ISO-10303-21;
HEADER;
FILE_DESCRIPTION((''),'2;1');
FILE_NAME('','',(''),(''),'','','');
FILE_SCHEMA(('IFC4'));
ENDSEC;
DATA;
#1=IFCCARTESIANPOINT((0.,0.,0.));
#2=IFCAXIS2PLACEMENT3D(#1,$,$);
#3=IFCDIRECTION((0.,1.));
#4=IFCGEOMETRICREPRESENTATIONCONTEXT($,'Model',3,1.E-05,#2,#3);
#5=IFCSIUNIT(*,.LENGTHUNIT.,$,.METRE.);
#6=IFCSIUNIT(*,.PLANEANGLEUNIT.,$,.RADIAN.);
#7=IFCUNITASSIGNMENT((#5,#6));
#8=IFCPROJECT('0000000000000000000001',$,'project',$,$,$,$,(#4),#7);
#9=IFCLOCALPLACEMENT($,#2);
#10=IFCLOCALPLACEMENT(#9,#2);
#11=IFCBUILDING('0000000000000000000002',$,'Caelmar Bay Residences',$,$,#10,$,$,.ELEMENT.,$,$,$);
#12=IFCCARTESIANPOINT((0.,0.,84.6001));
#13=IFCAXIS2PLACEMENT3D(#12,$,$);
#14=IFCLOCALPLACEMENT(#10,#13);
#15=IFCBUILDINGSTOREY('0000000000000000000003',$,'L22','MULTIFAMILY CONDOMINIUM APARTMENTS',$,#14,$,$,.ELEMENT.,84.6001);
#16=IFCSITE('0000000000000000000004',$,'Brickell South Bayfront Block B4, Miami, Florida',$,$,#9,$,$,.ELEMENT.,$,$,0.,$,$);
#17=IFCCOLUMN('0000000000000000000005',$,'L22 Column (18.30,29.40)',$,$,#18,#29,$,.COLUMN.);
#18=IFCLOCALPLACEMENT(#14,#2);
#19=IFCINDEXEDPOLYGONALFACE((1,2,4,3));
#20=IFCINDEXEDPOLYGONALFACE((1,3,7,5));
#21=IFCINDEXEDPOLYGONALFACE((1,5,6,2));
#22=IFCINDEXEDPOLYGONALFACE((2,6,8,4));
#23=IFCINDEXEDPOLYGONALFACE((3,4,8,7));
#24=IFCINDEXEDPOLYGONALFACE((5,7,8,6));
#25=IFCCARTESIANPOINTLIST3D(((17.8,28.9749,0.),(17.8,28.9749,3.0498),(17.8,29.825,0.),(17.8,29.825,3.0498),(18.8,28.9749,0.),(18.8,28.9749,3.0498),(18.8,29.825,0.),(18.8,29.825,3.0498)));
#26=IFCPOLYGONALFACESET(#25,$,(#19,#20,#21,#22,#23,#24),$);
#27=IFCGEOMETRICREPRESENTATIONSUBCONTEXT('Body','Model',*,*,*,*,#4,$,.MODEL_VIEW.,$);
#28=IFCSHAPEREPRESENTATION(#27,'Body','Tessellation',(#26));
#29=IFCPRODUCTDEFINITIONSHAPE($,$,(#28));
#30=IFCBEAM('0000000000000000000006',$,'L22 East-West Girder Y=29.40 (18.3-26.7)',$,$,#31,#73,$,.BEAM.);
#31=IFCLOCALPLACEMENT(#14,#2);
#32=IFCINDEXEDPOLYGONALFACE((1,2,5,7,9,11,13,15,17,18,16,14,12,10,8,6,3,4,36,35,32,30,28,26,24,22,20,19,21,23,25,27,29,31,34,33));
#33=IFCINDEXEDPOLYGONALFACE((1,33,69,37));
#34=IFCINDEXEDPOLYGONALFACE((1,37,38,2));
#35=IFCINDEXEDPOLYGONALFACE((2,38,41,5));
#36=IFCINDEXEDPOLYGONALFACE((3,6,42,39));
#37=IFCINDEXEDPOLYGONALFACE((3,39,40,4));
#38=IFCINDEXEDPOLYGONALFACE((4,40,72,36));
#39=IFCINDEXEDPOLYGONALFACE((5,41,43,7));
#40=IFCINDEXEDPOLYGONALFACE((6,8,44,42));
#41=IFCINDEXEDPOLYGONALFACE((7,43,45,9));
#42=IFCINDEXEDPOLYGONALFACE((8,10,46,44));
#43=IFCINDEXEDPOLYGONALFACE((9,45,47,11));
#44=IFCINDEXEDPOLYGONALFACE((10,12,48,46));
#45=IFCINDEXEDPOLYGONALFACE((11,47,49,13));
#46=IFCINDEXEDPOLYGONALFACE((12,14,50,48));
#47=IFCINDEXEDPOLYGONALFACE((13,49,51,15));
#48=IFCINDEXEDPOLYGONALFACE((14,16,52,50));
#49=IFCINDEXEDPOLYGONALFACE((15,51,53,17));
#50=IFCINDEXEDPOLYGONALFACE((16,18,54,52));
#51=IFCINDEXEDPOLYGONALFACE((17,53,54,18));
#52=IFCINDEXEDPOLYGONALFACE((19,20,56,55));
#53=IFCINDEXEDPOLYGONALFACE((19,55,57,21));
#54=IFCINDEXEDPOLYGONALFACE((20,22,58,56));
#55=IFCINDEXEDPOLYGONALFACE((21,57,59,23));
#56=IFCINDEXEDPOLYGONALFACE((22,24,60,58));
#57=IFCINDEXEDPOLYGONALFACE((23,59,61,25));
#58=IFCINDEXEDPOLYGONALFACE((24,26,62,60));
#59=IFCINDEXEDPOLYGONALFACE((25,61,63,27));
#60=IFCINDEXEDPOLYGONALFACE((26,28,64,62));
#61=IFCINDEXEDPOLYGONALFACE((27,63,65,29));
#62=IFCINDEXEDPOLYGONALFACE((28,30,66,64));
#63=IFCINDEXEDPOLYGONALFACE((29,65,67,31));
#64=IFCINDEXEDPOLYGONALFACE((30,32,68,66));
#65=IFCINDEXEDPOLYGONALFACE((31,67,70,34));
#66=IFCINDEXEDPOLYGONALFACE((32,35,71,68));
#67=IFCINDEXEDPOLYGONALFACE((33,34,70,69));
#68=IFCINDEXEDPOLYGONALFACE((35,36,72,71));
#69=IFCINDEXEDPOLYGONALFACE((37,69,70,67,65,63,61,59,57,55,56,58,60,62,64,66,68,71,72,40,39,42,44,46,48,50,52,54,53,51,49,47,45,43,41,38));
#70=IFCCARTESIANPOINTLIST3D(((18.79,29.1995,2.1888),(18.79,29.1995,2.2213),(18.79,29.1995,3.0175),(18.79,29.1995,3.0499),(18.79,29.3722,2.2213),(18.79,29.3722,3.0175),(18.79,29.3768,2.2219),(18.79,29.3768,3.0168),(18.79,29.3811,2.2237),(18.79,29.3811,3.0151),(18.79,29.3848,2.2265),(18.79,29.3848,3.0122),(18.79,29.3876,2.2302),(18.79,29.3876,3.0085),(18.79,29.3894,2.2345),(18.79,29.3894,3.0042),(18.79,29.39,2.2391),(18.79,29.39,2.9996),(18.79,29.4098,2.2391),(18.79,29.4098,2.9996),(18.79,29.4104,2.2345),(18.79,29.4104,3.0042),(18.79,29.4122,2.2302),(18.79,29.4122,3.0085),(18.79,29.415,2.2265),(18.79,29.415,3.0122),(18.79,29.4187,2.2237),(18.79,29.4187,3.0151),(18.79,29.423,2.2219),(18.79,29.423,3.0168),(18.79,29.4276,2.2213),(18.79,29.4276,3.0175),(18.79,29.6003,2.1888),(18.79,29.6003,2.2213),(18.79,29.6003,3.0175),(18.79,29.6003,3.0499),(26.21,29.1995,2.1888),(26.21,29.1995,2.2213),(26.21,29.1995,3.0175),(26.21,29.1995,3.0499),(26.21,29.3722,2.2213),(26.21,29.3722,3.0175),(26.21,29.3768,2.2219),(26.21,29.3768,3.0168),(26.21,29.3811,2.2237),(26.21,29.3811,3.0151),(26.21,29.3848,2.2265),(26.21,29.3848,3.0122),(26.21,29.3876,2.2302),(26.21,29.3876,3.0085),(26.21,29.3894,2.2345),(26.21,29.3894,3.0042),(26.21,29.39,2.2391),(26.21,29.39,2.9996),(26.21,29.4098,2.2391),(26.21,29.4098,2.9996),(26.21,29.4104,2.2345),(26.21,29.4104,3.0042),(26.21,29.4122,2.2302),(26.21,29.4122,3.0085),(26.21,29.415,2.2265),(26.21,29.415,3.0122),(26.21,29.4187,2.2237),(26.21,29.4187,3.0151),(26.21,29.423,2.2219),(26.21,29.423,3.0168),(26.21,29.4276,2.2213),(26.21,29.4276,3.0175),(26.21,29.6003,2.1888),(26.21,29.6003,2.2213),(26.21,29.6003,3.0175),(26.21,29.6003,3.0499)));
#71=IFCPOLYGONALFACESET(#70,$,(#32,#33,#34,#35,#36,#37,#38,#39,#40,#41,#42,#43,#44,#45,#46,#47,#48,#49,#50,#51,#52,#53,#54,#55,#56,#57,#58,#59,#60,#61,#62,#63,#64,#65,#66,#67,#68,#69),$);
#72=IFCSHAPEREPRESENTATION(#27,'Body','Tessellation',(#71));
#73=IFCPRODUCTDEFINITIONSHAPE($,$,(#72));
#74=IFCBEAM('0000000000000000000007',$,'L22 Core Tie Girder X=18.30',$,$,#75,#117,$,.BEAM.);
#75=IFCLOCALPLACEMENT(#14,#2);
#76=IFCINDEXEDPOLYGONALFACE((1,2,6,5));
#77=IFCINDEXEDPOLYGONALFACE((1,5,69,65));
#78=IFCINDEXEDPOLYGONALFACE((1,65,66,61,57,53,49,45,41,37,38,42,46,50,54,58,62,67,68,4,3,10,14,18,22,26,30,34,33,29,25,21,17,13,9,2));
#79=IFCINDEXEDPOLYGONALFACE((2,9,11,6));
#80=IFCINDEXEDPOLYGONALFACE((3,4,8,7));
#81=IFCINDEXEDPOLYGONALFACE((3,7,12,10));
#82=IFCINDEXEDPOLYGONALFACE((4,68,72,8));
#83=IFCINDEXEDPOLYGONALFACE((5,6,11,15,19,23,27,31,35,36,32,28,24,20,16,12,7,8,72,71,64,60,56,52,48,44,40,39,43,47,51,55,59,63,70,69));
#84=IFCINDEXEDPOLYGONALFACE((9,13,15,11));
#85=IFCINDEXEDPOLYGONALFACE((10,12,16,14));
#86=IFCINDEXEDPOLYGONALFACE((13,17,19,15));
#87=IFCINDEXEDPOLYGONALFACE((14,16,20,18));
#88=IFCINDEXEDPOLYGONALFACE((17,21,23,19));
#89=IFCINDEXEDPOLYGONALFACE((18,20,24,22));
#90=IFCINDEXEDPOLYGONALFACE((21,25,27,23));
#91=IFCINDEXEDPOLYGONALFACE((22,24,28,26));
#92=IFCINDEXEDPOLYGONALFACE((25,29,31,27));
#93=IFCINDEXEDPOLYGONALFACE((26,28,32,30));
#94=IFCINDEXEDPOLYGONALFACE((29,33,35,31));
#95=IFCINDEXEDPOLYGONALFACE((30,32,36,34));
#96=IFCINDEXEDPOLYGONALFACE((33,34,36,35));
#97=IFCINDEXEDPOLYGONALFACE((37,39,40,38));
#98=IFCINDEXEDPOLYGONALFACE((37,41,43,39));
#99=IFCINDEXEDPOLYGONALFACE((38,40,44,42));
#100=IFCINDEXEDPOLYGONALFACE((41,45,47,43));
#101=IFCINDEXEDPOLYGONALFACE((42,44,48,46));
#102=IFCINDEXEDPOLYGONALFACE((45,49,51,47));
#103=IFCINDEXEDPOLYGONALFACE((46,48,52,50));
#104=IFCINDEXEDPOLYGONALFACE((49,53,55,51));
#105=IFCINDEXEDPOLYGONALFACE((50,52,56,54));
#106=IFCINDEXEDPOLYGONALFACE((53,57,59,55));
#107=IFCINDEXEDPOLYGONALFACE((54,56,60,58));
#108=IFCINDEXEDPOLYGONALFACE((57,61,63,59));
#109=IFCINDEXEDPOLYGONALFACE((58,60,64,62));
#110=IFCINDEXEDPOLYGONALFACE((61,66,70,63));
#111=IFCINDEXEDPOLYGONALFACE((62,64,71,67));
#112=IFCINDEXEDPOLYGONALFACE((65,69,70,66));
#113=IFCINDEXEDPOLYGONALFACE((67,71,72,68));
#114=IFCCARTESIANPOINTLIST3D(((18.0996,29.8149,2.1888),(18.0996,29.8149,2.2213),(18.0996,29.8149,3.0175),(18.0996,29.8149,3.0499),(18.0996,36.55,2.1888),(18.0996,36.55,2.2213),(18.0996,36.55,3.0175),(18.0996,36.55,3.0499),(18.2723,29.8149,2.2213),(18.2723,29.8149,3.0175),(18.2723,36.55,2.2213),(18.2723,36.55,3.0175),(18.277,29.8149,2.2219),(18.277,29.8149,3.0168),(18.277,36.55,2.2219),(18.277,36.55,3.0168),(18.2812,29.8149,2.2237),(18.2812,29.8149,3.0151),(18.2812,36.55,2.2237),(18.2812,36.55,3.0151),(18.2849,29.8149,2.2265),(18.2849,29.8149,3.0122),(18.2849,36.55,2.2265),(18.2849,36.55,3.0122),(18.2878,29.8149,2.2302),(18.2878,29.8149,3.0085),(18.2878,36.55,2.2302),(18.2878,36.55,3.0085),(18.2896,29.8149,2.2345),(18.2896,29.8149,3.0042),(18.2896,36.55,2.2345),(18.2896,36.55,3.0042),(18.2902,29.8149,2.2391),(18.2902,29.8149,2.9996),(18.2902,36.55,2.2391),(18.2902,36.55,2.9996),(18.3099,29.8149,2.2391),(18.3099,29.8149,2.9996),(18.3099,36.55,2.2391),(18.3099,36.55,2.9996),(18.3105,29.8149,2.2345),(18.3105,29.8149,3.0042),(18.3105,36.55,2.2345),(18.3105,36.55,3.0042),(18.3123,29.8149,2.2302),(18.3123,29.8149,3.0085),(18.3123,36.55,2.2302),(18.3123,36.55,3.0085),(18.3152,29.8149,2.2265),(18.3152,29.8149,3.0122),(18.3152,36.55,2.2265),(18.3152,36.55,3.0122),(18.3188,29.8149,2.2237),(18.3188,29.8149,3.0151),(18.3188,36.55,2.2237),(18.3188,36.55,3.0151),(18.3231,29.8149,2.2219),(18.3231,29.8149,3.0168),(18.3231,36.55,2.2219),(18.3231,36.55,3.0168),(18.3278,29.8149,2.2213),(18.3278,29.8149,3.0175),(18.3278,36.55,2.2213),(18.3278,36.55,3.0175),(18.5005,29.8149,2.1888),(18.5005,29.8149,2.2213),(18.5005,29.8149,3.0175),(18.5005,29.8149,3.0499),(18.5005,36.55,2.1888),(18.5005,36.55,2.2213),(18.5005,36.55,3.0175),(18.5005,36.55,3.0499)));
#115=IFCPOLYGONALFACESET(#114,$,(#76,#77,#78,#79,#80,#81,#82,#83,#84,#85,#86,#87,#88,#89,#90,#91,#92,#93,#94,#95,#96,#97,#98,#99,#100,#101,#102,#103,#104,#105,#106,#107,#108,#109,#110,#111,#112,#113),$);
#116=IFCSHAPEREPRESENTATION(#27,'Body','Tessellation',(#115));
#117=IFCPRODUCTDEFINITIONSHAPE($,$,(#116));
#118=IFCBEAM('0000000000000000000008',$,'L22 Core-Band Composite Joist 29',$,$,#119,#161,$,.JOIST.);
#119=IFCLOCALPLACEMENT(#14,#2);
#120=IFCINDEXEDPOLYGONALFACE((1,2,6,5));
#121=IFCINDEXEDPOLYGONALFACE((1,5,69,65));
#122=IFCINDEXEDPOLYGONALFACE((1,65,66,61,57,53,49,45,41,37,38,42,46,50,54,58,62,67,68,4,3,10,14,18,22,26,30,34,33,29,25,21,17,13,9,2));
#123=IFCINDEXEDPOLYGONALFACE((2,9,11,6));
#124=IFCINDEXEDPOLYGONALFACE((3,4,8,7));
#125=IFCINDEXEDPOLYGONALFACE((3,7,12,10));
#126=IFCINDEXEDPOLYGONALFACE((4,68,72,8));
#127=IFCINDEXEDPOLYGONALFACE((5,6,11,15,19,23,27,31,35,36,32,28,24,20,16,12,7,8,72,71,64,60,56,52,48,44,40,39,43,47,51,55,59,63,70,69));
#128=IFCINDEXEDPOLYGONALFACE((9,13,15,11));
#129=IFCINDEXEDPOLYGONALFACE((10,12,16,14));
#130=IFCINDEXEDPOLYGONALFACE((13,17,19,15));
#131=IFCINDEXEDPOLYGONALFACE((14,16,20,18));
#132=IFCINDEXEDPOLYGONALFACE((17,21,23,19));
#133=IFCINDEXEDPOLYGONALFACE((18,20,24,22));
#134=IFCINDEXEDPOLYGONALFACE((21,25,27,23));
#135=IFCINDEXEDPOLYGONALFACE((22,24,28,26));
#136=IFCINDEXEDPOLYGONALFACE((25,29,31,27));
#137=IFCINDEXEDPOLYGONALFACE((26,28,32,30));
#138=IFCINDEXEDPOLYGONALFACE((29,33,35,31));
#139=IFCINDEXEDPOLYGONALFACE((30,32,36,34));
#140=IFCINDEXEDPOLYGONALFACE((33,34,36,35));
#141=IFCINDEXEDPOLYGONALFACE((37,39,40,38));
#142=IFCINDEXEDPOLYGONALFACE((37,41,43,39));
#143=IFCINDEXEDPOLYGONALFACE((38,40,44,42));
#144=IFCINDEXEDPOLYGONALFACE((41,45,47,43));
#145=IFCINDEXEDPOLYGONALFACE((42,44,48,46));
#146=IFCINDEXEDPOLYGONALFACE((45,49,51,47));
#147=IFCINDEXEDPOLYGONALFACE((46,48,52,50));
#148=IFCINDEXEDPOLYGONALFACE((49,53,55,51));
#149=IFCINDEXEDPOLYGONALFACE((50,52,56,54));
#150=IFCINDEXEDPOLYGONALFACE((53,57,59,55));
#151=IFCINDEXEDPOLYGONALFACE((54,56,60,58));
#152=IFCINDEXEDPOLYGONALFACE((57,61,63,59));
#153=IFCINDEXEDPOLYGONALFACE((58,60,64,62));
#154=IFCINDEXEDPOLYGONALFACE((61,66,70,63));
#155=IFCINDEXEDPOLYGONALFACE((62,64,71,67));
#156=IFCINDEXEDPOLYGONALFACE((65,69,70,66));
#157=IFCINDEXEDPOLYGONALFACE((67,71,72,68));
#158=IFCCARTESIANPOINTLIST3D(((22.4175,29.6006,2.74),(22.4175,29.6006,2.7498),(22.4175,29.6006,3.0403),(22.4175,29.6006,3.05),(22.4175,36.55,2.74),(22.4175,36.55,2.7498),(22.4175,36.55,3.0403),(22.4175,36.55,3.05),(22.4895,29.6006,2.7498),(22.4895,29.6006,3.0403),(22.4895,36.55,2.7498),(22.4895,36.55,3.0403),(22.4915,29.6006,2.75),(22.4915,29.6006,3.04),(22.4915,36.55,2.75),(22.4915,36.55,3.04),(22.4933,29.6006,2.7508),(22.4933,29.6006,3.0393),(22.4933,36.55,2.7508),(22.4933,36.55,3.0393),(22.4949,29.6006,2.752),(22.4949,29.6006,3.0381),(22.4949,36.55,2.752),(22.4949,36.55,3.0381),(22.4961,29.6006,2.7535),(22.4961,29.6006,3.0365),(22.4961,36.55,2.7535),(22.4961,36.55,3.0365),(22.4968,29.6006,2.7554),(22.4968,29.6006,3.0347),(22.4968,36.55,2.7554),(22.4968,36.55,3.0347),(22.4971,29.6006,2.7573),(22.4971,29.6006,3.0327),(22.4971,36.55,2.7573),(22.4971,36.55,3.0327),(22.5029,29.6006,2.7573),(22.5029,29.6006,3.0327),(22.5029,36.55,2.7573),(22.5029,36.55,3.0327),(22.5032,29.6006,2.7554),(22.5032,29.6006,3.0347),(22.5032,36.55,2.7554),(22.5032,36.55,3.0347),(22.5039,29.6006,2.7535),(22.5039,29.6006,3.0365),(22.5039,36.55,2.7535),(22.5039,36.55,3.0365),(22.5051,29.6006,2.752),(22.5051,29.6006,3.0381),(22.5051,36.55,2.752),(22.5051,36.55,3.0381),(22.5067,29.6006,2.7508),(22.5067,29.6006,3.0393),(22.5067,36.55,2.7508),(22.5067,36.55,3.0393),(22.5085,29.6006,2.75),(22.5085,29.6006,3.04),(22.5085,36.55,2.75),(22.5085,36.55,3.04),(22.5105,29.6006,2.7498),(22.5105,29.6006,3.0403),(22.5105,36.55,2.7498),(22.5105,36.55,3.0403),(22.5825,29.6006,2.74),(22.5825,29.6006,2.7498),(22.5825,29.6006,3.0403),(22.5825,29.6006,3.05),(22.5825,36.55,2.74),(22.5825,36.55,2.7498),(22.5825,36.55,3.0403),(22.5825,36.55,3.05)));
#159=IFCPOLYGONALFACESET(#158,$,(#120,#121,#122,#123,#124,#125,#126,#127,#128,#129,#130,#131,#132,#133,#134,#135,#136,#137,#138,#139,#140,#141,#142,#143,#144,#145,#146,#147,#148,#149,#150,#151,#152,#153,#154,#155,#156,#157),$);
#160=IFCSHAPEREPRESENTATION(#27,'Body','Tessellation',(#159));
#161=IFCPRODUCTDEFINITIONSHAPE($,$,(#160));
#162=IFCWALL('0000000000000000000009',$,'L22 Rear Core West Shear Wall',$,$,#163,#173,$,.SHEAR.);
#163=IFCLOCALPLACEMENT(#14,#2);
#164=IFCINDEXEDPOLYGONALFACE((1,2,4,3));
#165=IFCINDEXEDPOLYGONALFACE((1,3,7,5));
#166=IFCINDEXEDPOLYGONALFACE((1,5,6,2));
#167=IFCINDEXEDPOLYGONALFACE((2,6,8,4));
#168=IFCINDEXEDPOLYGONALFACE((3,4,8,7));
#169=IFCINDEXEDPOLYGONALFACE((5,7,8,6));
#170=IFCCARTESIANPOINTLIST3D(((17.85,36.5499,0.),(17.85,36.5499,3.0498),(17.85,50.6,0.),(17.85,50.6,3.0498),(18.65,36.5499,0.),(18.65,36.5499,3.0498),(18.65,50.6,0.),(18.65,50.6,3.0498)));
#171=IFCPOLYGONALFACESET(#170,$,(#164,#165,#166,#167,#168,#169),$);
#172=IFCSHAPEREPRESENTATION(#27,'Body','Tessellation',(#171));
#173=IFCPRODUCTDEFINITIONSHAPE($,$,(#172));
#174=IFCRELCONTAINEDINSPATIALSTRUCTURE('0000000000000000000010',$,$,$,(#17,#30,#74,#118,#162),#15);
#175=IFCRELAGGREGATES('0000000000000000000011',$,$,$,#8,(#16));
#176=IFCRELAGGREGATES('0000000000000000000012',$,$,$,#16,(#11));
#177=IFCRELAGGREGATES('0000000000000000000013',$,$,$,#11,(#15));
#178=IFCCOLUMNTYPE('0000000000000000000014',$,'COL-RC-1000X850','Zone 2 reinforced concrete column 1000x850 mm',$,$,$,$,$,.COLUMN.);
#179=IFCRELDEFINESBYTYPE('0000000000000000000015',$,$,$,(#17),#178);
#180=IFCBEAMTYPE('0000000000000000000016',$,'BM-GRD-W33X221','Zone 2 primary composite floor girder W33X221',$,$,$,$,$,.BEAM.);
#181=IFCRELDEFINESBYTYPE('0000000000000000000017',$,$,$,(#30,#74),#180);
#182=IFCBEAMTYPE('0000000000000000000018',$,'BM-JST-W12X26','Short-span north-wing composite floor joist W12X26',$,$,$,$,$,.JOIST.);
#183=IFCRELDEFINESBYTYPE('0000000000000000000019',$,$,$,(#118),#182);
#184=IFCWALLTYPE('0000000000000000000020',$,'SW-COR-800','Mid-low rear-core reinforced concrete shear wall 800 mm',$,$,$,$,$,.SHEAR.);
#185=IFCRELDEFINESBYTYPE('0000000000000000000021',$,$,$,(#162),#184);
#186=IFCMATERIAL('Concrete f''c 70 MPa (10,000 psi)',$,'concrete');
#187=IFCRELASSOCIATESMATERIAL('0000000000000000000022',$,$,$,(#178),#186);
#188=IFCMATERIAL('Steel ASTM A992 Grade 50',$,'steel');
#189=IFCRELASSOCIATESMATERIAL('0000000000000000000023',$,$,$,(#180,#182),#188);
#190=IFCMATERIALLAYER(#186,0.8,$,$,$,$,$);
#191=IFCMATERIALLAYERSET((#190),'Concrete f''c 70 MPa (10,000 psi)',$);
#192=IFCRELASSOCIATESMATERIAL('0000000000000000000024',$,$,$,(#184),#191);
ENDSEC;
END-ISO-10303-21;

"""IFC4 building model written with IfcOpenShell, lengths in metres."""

from ifc_helpers import new_model, si_unit, direction, frame, frame_2d, origin, origin_2d, place, context, subcontext, project, spatial, rectangle, i_section, extrude, material, layer, layer_set, material_profile, profile_set, type_object, element, save


model = new_model("IFC4")

# Units and contexts
model_context = context("Model", 3, precision=1e-05, world=origin(), true_north=direction((0.0, 1.0)))
body_context = subcontext(model_context, "Body", "Model", "MODEL_VIEW")
ifc_project = project(units=[si_unit("LENGTHUNIT", "METRE"), si_unit("PLANEANGLEUNIT", "RADIAN")], contexts=[model_context])

# Site, building, storey
site_placement = place(None, origin())
site = spatial("IfcSite", under=ifc_project, at=site_placement, Name="Brickell South Bayfront Block B4, Miami, Florida", CompositionType="ELEMENT", RefElevation=0.0)
building_placement = place(site_placement, origin())
building = spatial("IfcBuilding", under=site, at=building_placement, Name="Caelmar Bay Residences", CompositionType="ELEMENT")
storey_placement = place(building_placement, frame((0.0, 0.0, 84.6001)))
storey = spatial("IfcBuildingStorey", under=building, at=storey_placement, Name="L22", Description="MULTIFAMILY CONDOMINIUM APARTMENTS", CompositionType="ELEMENT", Elevation=84.6001)

# Column
ifc_material_1 = material(Name="Concrete f'c 70 MPa (10,000 psi)", Category="concrete")
ifc_material_profile_1 = material_profile(ifc_material_1, rectangle(XDim=1.0, YDim=0.8501, at=origin_2d()), Name="RC-COL-1000X850")
ifc_profile_set_1 = profile_set([ifc_material_profile_1], Name="Concrete f'c 70 MPa (10,000 psi)")
column_type = type_object("IfcColumnType", Name="COL-RC-1000X850", Description="Zone 2 reinforced concrete column 1000x850 mm", PredefinedType="COLUMN", material=ifc_profile_set_1)
column_placement = place(storey_placement, frame((18.3, 29.3999, 0.0), z_axis=(0.0, 0.0, 1.0), x_axis=(1.0, 0.0, 0.0)))
element("IfcColumn", 1, at=column_placement, inside=storey, type_object=column_type, Name="L22 Column (18.30,29.40)", PredefinedType="COLUMN", context=body_context, shape_type="SweptSolid", body=[
    extrude(rectangle(XDim=1.0, YDim=0.8501, at=origin_2d()), origin(), (0.0, 0.0, 1.0), 3.0498),
])

# Beams
ifc_material_2 = material(Name="Steel ASTM A992 Grade 50", Category="steel")
ifc_material_profile_2 = material_profile(ifc_material_2, i_section(OverallWidth=0.4009, OverallDepth=0.8611, WebThickness=0.0198, FlangeThickness=0.0325, FilletRadius=0.0178, at=origin_2d()), Name="W33X221")
ifc_profile_set_2 = profile_set([ifc_material_profile_2], Name="Steel ASTM A992 Grade 50")
beam_type_1 = type_object("IfcBeamType", Name="BM-GRD-W33X221", Description="Zone 2 primary composite floor girder W33X221", PredefinedType="BEAM", material=ifc_profile_set_2)
beam_1_placement = place(storey_placement, frame((18.79, 29.3999, 2.6194), z_axis=(1.0, 0.0, 0.0), x_axis=(0.0, 1.0, 0.0)))
element("IfcBeam", 2, at=beam_1_placement, inside=storey, type_object=beam_type_1, Name="L22 East-West Girder Y=29.40 (18.3-26.7)", PredefinedType="BEAM", context=body_context, shape_type="SweptSolid", body=[
    extrude(i_section(OverallWidth=0.4009, OverallDepth=0.8611, WebThickness=0.0198, FlangeThickness=0.0325, FilletRadius=0.0178, at=origin_2d()), origin(), (0.0, 0.0, 1.0), 7.4199),
])
beam_2_placement = place(storey_placement, frame((18.3, 29.8149, 2.6194), z_axis=(0.0, 1.0, 0.0), x_axis=(-1.0, 0.0, 0.0)))
element("IfcBeam", 3, at=beam_2_placement, inside=storey, type_object=beam_type_1, Name="L22 Core Tie Girder X=18.30", PredefinedType="BEAM", context=body_context, shape_type="SweptSolid", body=[
    extrude(i_section(OverallWidth=0.4009, OverallDepth=0.8611, WebThickness=0.0198, FlangeThickness=0.0325, FilletRadius=0.0178, at=origin_2d()), origin(), (0.0, 0.0, 1.0), 6.7351),
])
ifc_material_profile_3 = material_profile(ifc_material_2, i_section(OverallWidth=0.165, OverallDepth=0.3101, WebThickness=0.0059, FlangeThickness=0.0098, FilletRadius=0.0076, at=origin_2d()), Name="W12X26")
ifc_profile_set_3 = profile_set([ifc_material_profile_3], Name="Steel ASTM A992 Grade 50")
beam_type_2 = type_object("IfcBeamType", Name="BM-JST-W12X26", Description="Short-span north-wing composite floor joist W12X26", PredefinedType="JOIST", material=ifc_profile_set_3)
beam_3_placement = place(storey_placement, frame((22.5, 29.6006, 2.895), z_axis=(0.0, 1.0, 0.0), x_axis=(-1.0, 0.0, 0.0)))
element("IfcBeam", 4, at=beam_3_placement, inside=storey, type_object=beam_type_2, Name="L22 Core-Band Composite Joist 29", PredefinedType="JOIST", context=body_context, shape_type="SweptSolid", body=[
    extrude(i_section(OverallWidth=0.165, OverallDepth=0.3101, WebThickness=0.0059, FlangeThickness=0.0098, FilletRadius=0.0076, at=origin_2d()), origin(), (0.0, 0.0, 1.0), 6.9495),
])

# Shared definitions
ifc_layer_1 = layer(ifc_material_1, 0.8)
ifc_layer_set_1 = layer_set([ifc_layer_1], Name="Concrete f'c 70 MPa (10,000 psi)")
wall_type_1 = type_object("IfcWallType", Name="SW-COR-800", Description="Mid-low rear-core reinforced concrete shear wall 800 mm", PredefinedType="SHEAR", material=ifc_layer_set_1)

# Wall
wall_1_placement = place(storey_placement, frame((18.25, 36.55, 0.0), z_axis=(0.0, 0.0, 1.0), x_axis=(0.0, 1.0, 0.0)))
element("IfcWall", 5, at=wall_1_placement, inside=storey, type_object=wall_type_1, Name="L22 Rear Core West Shear Wall", PredefinedType="SHEAR", context=body_context, shape_type="SweptSolid", body=[
    extrude(rectangle(XDim=14.05, YDim=0.8, at=frame_2d((7.0249, 0.0))), origin(), (0.0, 0.0, 1.0), 3.0498),
])

save(model, "model.ifc")
